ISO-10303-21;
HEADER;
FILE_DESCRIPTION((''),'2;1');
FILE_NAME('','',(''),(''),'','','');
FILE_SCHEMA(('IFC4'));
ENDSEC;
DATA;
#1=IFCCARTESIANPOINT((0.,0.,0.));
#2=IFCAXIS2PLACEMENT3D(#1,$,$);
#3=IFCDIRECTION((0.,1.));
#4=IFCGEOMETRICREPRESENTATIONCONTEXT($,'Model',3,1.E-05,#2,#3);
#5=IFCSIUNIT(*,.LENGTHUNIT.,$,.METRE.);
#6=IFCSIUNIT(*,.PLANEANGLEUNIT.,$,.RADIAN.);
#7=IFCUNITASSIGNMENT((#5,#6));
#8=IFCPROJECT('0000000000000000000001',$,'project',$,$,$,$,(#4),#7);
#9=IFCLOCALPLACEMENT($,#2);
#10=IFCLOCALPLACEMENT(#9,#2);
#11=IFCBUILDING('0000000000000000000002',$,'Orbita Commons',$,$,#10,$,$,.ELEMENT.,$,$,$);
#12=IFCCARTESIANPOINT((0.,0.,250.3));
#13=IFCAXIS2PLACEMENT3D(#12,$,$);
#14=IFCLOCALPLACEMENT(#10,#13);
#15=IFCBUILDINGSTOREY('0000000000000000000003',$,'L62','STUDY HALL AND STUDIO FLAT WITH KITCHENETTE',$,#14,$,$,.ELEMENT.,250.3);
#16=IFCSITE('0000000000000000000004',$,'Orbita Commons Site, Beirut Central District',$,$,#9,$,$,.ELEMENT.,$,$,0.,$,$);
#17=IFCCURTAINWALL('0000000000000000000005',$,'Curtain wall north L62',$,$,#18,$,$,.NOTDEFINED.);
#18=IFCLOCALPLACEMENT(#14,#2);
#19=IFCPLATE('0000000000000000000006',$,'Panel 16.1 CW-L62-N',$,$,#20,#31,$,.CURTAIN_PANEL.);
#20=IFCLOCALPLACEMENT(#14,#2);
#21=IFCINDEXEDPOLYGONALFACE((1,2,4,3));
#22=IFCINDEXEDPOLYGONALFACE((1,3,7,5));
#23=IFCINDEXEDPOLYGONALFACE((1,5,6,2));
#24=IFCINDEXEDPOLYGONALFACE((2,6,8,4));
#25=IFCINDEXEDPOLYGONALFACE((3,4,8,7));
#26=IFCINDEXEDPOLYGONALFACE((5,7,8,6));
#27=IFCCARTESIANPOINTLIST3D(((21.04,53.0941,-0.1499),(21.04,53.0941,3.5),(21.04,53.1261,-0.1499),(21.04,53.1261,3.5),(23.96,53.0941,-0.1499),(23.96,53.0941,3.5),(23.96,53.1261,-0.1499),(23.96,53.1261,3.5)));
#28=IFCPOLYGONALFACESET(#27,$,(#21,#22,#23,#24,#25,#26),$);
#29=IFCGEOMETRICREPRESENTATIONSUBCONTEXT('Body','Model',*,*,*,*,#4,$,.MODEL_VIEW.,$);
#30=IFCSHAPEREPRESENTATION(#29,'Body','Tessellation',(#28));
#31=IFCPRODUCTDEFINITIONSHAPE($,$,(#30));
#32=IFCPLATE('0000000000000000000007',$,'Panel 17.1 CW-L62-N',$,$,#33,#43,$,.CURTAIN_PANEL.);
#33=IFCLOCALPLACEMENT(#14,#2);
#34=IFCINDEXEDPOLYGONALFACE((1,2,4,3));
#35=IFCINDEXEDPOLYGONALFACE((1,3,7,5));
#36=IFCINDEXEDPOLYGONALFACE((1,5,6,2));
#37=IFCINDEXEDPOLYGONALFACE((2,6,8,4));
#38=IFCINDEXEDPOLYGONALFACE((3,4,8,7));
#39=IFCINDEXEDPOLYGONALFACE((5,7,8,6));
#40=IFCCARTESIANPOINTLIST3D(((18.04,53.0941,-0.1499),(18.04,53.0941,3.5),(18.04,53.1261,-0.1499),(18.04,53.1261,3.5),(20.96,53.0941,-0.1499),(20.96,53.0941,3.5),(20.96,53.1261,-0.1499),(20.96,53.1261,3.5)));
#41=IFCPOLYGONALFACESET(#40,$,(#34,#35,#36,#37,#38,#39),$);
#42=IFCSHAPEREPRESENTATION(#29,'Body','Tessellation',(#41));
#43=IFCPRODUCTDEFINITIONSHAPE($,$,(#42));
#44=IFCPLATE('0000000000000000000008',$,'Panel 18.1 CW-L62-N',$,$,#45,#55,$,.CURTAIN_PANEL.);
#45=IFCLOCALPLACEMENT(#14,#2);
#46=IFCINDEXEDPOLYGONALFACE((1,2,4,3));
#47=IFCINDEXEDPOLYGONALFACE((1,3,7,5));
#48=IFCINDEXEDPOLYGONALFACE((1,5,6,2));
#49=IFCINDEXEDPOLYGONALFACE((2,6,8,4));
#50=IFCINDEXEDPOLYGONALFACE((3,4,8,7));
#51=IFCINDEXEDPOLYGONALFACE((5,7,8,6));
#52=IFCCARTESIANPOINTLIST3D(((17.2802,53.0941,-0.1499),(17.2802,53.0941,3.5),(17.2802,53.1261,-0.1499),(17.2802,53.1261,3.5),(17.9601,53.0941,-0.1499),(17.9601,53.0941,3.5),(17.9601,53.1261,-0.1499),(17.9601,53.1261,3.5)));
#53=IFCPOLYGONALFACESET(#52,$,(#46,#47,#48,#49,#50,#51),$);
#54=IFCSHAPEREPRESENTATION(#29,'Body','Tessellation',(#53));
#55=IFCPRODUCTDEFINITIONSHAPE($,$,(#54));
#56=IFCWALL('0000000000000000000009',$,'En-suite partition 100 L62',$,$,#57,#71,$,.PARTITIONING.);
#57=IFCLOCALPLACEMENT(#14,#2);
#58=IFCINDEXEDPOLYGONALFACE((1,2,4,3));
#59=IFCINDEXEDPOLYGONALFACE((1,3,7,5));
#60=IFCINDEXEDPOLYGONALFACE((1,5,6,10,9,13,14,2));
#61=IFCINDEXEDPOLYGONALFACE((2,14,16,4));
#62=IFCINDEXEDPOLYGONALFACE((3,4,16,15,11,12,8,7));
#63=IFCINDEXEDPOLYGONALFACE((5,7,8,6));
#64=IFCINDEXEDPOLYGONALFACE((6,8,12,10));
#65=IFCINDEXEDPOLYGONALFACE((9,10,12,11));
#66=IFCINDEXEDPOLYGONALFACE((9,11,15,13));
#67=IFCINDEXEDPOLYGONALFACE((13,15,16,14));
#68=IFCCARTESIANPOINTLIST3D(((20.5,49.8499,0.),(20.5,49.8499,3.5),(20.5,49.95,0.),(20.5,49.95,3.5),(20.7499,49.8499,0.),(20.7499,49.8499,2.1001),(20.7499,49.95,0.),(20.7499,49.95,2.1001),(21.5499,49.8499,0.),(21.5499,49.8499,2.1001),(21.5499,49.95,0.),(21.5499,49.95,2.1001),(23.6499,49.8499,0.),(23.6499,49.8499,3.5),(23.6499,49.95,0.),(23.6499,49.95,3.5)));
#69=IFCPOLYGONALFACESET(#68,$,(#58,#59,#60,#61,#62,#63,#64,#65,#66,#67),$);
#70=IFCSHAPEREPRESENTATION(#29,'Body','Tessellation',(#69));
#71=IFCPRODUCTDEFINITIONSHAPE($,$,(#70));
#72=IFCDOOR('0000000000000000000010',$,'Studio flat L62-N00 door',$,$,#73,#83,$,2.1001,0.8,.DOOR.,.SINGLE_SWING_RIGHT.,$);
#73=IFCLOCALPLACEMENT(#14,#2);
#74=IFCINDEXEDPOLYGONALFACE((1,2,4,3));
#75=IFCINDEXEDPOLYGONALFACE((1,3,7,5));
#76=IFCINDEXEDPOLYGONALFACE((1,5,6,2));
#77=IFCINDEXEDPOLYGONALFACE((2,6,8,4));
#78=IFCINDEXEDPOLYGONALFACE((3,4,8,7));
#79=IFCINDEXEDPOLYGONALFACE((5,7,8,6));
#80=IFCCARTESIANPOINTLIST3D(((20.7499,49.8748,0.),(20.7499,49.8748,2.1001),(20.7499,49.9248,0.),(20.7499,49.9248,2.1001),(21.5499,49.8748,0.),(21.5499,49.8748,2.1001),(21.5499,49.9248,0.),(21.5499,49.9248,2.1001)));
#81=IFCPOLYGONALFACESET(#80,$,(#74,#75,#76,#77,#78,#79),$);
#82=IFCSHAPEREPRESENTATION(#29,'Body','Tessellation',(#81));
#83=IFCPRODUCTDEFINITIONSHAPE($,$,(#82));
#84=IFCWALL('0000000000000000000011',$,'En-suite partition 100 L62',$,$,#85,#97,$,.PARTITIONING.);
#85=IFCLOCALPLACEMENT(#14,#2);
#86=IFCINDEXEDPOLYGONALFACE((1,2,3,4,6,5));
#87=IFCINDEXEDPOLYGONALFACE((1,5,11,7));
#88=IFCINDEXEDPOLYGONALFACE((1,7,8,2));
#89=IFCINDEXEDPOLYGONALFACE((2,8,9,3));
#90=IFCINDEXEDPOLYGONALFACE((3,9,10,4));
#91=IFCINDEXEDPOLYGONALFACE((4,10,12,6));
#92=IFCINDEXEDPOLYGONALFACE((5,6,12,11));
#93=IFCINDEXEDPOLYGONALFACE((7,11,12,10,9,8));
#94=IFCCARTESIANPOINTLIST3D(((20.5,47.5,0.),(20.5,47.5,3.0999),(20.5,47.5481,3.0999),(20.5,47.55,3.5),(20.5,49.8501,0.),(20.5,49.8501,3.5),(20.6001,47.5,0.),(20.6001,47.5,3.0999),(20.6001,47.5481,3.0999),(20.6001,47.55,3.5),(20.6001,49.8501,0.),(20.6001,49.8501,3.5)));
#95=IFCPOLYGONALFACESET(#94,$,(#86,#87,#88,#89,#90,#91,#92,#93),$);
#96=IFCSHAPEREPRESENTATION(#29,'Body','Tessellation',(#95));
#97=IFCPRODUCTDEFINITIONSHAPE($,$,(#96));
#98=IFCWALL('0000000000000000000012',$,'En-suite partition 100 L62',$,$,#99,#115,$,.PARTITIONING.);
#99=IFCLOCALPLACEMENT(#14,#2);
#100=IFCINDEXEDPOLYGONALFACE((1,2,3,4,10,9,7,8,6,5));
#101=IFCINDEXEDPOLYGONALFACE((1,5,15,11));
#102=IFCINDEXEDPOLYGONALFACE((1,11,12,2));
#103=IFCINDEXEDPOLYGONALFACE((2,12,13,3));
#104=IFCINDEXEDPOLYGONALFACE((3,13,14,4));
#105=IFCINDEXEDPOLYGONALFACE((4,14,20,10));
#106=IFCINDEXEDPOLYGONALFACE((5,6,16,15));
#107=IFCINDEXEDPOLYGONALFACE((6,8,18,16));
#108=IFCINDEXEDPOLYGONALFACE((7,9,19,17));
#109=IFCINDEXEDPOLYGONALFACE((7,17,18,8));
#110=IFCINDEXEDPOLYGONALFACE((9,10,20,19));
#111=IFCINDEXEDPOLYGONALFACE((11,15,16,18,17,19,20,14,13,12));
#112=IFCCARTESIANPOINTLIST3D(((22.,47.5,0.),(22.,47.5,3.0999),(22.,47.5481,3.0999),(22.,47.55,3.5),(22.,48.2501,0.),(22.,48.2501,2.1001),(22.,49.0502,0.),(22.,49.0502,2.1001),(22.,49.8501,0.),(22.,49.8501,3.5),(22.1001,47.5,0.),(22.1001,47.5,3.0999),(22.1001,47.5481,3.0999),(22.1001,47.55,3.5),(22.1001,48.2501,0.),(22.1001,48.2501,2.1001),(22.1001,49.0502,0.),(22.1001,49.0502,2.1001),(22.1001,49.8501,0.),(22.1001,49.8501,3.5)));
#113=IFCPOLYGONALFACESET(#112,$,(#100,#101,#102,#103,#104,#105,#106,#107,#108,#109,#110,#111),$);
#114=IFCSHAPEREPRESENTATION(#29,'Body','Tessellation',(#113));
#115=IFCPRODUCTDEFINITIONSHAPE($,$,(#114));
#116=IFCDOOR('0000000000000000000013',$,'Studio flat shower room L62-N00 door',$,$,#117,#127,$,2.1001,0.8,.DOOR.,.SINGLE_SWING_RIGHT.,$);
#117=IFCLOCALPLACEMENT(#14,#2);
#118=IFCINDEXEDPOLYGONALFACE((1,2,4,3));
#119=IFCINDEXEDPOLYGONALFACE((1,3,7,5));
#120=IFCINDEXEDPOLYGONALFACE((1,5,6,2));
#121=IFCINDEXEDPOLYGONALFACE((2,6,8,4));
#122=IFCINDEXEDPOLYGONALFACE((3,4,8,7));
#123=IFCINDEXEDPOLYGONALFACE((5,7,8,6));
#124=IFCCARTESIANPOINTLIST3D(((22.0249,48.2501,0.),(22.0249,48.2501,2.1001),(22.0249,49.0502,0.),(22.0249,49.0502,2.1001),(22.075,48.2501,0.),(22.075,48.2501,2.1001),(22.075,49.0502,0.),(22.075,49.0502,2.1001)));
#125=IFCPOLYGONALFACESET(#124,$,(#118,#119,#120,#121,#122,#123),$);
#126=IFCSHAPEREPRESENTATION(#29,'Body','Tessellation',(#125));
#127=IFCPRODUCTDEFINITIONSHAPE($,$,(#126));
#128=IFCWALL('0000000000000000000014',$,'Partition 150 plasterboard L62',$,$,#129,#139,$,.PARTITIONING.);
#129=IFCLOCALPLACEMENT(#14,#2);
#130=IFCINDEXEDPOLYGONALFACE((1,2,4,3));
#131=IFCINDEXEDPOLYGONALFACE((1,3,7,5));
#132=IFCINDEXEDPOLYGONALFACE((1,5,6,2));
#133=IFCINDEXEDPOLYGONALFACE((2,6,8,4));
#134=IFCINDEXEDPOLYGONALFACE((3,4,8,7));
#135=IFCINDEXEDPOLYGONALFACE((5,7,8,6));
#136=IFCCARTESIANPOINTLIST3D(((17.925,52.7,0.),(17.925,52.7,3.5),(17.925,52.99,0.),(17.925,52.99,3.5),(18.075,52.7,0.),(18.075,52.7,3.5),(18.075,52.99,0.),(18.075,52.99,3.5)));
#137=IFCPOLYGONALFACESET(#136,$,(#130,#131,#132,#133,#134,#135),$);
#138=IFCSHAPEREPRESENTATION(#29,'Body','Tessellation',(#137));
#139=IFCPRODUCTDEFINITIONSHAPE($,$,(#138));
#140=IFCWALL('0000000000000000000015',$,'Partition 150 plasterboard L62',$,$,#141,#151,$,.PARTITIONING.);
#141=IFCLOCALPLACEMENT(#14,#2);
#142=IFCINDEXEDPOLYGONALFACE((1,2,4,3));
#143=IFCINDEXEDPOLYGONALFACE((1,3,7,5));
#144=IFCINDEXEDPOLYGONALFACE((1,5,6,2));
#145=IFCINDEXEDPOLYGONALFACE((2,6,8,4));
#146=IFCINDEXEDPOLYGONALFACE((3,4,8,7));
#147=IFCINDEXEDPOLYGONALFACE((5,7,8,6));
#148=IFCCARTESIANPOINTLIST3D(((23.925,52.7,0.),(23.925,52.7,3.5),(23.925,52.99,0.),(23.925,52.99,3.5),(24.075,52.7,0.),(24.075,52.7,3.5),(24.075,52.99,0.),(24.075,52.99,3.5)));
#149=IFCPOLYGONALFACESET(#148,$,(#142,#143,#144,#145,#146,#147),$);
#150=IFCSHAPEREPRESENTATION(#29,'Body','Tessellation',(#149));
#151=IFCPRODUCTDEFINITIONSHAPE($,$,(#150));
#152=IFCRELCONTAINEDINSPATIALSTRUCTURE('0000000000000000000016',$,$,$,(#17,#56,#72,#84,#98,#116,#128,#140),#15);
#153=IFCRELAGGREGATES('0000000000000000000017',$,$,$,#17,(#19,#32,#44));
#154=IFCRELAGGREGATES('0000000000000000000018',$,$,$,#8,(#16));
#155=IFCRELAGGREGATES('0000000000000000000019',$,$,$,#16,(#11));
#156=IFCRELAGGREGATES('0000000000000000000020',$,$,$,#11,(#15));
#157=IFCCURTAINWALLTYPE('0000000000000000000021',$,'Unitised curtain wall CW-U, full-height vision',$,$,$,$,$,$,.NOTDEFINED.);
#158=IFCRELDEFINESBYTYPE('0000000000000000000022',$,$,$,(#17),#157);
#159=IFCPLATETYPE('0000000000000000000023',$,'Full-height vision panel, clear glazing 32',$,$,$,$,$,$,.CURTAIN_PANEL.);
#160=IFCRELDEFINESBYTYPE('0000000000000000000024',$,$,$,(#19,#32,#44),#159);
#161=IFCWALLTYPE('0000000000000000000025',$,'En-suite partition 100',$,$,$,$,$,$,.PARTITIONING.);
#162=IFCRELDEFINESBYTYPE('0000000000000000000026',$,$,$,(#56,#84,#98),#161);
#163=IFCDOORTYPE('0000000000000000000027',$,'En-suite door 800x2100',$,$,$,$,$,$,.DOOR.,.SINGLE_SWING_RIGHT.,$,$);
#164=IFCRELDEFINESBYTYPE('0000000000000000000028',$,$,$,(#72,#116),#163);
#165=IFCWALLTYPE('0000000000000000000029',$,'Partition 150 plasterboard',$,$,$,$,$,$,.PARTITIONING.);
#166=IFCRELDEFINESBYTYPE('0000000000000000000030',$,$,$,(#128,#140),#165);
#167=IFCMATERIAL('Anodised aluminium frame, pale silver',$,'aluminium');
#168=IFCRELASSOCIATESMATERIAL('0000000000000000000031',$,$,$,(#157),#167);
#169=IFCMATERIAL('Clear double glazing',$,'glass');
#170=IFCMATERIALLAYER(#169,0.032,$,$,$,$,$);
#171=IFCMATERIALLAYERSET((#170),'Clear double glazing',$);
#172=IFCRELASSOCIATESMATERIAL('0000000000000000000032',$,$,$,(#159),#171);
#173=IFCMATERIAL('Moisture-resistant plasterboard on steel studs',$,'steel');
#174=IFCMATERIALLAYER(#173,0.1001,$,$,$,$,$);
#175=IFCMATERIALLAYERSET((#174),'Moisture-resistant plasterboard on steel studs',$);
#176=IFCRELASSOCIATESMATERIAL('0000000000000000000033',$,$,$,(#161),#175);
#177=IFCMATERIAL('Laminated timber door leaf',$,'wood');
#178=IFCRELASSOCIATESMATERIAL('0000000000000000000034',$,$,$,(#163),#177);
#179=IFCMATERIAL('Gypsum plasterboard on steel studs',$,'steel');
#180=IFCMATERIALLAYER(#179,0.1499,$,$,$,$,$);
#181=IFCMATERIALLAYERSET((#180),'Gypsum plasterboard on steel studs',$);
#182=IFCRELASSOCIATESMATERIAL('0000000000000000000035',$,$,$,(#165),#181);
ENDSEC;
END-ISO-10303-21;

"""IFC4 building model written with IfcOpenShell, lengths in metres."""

from ifc_helpers import new_model, si_unit, direction, frame, frame_2d, origin, origin_2d, place, context, subcontext, project, spatial, polyline, rectangle, outline, extrude, material, layer, layer_set, type_object, element, fill, aggregate, save


model = new_model("IFC4")

# Units and contexts
model_context = context("Model", 3, precision=1e-05, world=origin(), true_north=direction((0.0, 1.0)))
body_context = subcontext(model_context, "Body", "Model", "MODEL_VIEW")
ifc_project = project(units=[si_unit("LENGTHUNIT", "METRE"), si_unit("PLANEANGLEUNIT", "RADIAN")], contexts=[model_context])

# Site, building, storey
site_placement = place(None, origin())
site = spatial("IfcSite", under=ifc_project, at=site_placement, Name="Orbita Commons Site, Beirut Central District", CompositionType="ELEMENT", RefElevation=0.0)
building_placement = place(site_placement, origin())
building = spatial("IfcBuilding", under=site, at=building_placement, Name="Orbita Commons", CompositionType="ELEMENT")
storey_placement = place(building_placement, frame((0.0, 0.0, 250.3)))
storey = spatial("IfcBuildingStorey", under=building, at=storey_placement, Name="L62", Description="STUDY HALL AND STUDIO FLAT WITH KITCHENETTE", CompositionType="ELEMENT", Elevation=250.3)

# Curtain wall
ifc_material_1 = material(Name="Anodised aluminium frame, pale silver", Category="aluminium")
curtain_wall_type = type_object("IfcCurtainWallType", Name="Unitised curtain wall CW-U, full-height vision", PredefinedType="NOTDEFINED", material=ifc_material_1)
curtain_wall_placement = place(storey_placement, origin())
curtain_wall = element("IfcCurtainWall", 1, at=curtain_wall_placement, inside=storey, type_object=curtain_wall_type, Name="Curtain wall north L62", PredefinedType="NOTDEFINED")

# Plates
ifc_material_2 = material(Name="Clear double glazing", Category="glass")
ifc_layer_1 = layer(ifc_material_2, 0.032)
ifc_layer_set_1 = layer_set([ifc_layer_1], Name="Clear double glazing")
plate_type = type_object("IfcPlateType", Name="Full-height vision panel, clear glazing 32", PredefinedType="CURTAIN_PANEL", material=ifc_layer_set_1)
plate_1_placement = place(storey_placement, frame((22.5, 53.1101, -0.1499), z_axis=(0.0, 0.0, 1.0), x_axis=(-1.0, 0.0, 0.0)))
plate_1 = element("IfcPlate", 2, at=plate_1_placement, type_object=plate_type, Name="Panel 16.1 CW-L62-N", PredefinedType="CURTAIN_PANEL", context=body_context, shape_type="SweptSolid", body=[
    extrude(rectangle(XDim=2.9199, YDim=0.032, at=origin_2d()), origin(), (0.0, 0.0, 1.0), 3.6499),
])
plate_2_placement = place(storey_placement, frame((19.5, 53.1101, -0.1499), z_axis=(0.0, 0.0, 1.0), x_axis=(-1.0, 0.0, 0.0)))
plate_2 = element("IfcPlate", 3, at=plate_2_placement, type_object=plate_type, Name="Panel 17.1 CW-L62-N", PredefinedType="CURTAIN_PANEL", context=body_context, shape_type="SweptSolid", body=[
    extrude(rectangle(XDim=2.9199, YDim=0.032, at=origin_2d()), origin(), (0.0, 0.0, 1.0), 3.6499),
])
plate_3_placement = place(storey_placement, frame((17.6201, 53.1101, -0.1499), z_axis=(0.0, 0.0, 1.0), x_axis=(-1.0, 0.0, 0.0)))
plate_3 = element("IfcPlate", 4, at=plate_3_placement, type_object=plate_type, Name="Panel 18.1 CW-L62-N", PredefinedType="CURTAIN_PANEL", context=body_context, shape_type="SweptSolid", body=[
    extrude(rectangle(XDim=0.6799, YDim=0.032, at=origin_2d()), origin(), (0.0, 0.0, 1.0), 3.6499),
])
aggregate(curtain_wall, [plate_1, plate_2, plate_3])

# Wall, opening, door
ifc_material_3 = material(Name="Moisture-resistant plasterboard on steel studs", Category="steel")
ifc_layer_2 = layer(ifc_material_3, 0.1001)
ifc_layer_set_2 = layer_set([ifc_layer_2], Name="Moisture-resistant plasterboard on steel studs")
wall_type_1 = type_object("IfcWallType", Name="En-suite partition 100", PredefinedType="PARTITIONING", material=ifc_layer_set_2)
wall_1_placement = place(storey_placement, frame((20.5, 49.8999, 0.0), z_axis=(0.0, 0.0, 1.0), x_axis=(1.0, 0.0, 0.0)))
wall_1 = element("IfcWall", 5, at=wall_1_placement, inside=storey, type_object=wall_type_1, Name="En-suite partition 100 L62", PredefinedType="PARTITIONING", context=body_context, shape_type="SweptSolid", body=[
    extrude(rectangle(XDim=3.1499, YDim=0.1001, at=frame_2d((1.575, 0.0))), origin(), (0.0, 0.0, 1.0), 3.5),
])
opening_1_placement = place(wall_1_placement, frame((0.25, 0.0, 0.0)))
opening_1 = element("IfcOpeningElement", 6, at=opening_1_placement, cuts=wall_1, PredefinedType="OPENING", context=body_context, shape_type="SweptSolid", body=[
    extrude(rectangle(XDim=0.8, YDim=2.1001, at=frame_2d((0.3999, 1.05))), frame((0.0, 0.0601, 0.0), z_axis=(0.0, -1.0, 0.0), x_axis=(1.0, 0.0, 0.0)), (0.0, 0.0, 1.0), 0.1201),
])
ifc_material_4 = material(Name="Laminated timber door leaf", Category="wood")
door_type = type_object("IfcDoorType", Name="En-suite door 800x2100", OperationType="SINGLE_SWING_RIGHT", PredefinedType="DOOR", material=ifc_material_4)
door_1_placement = place(opening_1_placement, origin())
door_1 = element("IfcDoor", 7, at=door_1_placement, inside=storey, type_object=door_type, Name="Studio flat L62-N00 door", OperationType="SINGLE_SWING_RIGHT", OverallHeight=2.1001, OverallWidth=0.8, PredefinedType="DOOR", context=body_context, shape_type="SweptSolid", body=[
    extrude(rectangle(XDim=0.8, YDim=2.1001, at=frame_2d((0.3999, 1.05))), frame((0.0, 0.0249, 0.0), z_axis=(0.0, -1.0, 0.0), x_axis=(1.0, 0.0, 0.0)), (0.0, 0.0, 1.0), 0.05),
])
fill(opening_1, door_1)

# Wall
wall_2_placement = place(storey_placement, frame((20.55, 49.8501, 0.0), z_axis=(0.0, 0.0, 1.0), x_axis=(0.0, -1.0, 0.0)))
element("IfcWall", 8, at=wall_2_placement, inside=storey, type_object=wall_type_1, Name="En-suite partition 100 L62", PredefinedType="PARTITIONING", context=body_context, shape_type="SweptSolid", body=[
    extrude(outline(polyline([(0.0, 0.0), (2.3501, 0.0), (2.3501, 3.0999), (2.302, 3.0999), (2.3, 3.5), (0.0, 3.5), (0.0, 0.0)])), frame((0.0, 0.05, 0.0), z_axis=(0.0, -1.0, 0.0), x_axis=(1.0, 0.0, 0.0)), (0.0, 0.0, 1.0), 0.1001),
])

# Wall, opening, door
wall_3_placement = place(storey_placement, frame((22.05, 49.8501, 0.0), z_axis=(0.0, 0.0, 1.0), x_axis=(0.0, -1.0, 0.0)))
wall_3 = element("IfcWall", 9, at=wall_3_placement, inside=storey, type_object=wall_type_1, Name="En-suite partition 100 L62", PredefinedType="PARTITIONING", context=body_context, shape_type="SweptSolid", body=[
    extrude(outline(polyline([(0.0, 0.0), (2.3501, 0.0), (2.3501, 3.0999), (2.302, 3.0999), (2.3, 3.5), (0.0, 3.5), (0.0, 0.0)])), frame((0.0, 0.05, 0.0), z_axis=(0.0, -1.0, 0.0), x_axis=(1.0, 0.0, 0.0)), (0.0, 0.0, 1.0), 0.1001),
])
opening_2_placement = place(wall_3_placement, frame((0.8, 0.0, 0.0)))
opening_2 = element("IfcOpeningElement", 10, at=opening_2_placement, cuts=wall_3, PredefinedType="OPENING", context=body_context, shape_type="SweptSolid", body=[
    extrude(rectangle(XDim=0.8, YDim=2.1001, at=frame_2d((0.3999, 1.05))), frame((0.0, 0.0601, 0.0), z_axis=(0.0, -1.0, 0.0), x_axis=(1.0, 0.0, 0.0)), (0.0, 0.0, 1.0), 0.1201),
])
door_2_placement = place(opening_2_placement, origin())
door_2 = element("IfcDoor", 11, at=door_2_placement, inside=storey, type_object=door_type, Name="Studio flat shower room L62-N00 door", OperationType="SINGLE_SWING_RIGHT", OverallHeight=2.1001, OverallWidth=0.8, PredefinedType="DOOR", context=body_context, shape_type="SweptSolid", body=[
    extrude(rectangle(XDim=0.8, YDim=2.1001, at=frame_2d((0.3999, 1.05))), frame((0.0, 0.0249, 0.0), z_axis=(0.0, -1.0, 0.0), x_axis=(1.0, 0.0, 0.0)), (0.0, 0.0, 1.0), 0.05),
])
fill(opening_2, door_2)

# Walls
ifc_material_5 = material(Name="Gypsum plasterboard on steel studs", Category="steel")
ifc_layer_3 = layer(ifc_material_5, 0.1499)
ifc_layer_set_3 = layer_set([ifc_layer_3], Name="Gypsum plasterboard on steel studs")
wall_type_2 = type_object("IfcWallType", Name="Partition 150 plasterboard", PredefinedType="PARTITIONING", material=ifc_layer_set_3)
for number, where, z_axis, x_axis, name in (
    (12, (18.0, 52.7, 0.0), (0.0, 0.0, 1.0), (0.0, 1.0, 0.0), "Partition 150 plasterboard L62"),
    (13, (24.0, 52.7, 0.0), (0.0, 0.0, 1.0), (0.0, 1.0, 0.0), "Partition 150 plasterboard L62"),
):
    element("IfcWall", number, at=place(storey_placement, frame(where, z_axis=z_axis, x_axis=x_axis)), inside=storey, type_object=wall_type_2, Name=name, PredefinedType="PARTITIONING", context=body_context, shape_type="SweptSolid", body=[
        extrude(rectangle(XDim=0.29, YDim=0.1499, at=frame_2d((0.145, 0.0))), origin(), (0.0, 0.0, 1.0), 3.5),
    ])

save(model, "model.ifc")
